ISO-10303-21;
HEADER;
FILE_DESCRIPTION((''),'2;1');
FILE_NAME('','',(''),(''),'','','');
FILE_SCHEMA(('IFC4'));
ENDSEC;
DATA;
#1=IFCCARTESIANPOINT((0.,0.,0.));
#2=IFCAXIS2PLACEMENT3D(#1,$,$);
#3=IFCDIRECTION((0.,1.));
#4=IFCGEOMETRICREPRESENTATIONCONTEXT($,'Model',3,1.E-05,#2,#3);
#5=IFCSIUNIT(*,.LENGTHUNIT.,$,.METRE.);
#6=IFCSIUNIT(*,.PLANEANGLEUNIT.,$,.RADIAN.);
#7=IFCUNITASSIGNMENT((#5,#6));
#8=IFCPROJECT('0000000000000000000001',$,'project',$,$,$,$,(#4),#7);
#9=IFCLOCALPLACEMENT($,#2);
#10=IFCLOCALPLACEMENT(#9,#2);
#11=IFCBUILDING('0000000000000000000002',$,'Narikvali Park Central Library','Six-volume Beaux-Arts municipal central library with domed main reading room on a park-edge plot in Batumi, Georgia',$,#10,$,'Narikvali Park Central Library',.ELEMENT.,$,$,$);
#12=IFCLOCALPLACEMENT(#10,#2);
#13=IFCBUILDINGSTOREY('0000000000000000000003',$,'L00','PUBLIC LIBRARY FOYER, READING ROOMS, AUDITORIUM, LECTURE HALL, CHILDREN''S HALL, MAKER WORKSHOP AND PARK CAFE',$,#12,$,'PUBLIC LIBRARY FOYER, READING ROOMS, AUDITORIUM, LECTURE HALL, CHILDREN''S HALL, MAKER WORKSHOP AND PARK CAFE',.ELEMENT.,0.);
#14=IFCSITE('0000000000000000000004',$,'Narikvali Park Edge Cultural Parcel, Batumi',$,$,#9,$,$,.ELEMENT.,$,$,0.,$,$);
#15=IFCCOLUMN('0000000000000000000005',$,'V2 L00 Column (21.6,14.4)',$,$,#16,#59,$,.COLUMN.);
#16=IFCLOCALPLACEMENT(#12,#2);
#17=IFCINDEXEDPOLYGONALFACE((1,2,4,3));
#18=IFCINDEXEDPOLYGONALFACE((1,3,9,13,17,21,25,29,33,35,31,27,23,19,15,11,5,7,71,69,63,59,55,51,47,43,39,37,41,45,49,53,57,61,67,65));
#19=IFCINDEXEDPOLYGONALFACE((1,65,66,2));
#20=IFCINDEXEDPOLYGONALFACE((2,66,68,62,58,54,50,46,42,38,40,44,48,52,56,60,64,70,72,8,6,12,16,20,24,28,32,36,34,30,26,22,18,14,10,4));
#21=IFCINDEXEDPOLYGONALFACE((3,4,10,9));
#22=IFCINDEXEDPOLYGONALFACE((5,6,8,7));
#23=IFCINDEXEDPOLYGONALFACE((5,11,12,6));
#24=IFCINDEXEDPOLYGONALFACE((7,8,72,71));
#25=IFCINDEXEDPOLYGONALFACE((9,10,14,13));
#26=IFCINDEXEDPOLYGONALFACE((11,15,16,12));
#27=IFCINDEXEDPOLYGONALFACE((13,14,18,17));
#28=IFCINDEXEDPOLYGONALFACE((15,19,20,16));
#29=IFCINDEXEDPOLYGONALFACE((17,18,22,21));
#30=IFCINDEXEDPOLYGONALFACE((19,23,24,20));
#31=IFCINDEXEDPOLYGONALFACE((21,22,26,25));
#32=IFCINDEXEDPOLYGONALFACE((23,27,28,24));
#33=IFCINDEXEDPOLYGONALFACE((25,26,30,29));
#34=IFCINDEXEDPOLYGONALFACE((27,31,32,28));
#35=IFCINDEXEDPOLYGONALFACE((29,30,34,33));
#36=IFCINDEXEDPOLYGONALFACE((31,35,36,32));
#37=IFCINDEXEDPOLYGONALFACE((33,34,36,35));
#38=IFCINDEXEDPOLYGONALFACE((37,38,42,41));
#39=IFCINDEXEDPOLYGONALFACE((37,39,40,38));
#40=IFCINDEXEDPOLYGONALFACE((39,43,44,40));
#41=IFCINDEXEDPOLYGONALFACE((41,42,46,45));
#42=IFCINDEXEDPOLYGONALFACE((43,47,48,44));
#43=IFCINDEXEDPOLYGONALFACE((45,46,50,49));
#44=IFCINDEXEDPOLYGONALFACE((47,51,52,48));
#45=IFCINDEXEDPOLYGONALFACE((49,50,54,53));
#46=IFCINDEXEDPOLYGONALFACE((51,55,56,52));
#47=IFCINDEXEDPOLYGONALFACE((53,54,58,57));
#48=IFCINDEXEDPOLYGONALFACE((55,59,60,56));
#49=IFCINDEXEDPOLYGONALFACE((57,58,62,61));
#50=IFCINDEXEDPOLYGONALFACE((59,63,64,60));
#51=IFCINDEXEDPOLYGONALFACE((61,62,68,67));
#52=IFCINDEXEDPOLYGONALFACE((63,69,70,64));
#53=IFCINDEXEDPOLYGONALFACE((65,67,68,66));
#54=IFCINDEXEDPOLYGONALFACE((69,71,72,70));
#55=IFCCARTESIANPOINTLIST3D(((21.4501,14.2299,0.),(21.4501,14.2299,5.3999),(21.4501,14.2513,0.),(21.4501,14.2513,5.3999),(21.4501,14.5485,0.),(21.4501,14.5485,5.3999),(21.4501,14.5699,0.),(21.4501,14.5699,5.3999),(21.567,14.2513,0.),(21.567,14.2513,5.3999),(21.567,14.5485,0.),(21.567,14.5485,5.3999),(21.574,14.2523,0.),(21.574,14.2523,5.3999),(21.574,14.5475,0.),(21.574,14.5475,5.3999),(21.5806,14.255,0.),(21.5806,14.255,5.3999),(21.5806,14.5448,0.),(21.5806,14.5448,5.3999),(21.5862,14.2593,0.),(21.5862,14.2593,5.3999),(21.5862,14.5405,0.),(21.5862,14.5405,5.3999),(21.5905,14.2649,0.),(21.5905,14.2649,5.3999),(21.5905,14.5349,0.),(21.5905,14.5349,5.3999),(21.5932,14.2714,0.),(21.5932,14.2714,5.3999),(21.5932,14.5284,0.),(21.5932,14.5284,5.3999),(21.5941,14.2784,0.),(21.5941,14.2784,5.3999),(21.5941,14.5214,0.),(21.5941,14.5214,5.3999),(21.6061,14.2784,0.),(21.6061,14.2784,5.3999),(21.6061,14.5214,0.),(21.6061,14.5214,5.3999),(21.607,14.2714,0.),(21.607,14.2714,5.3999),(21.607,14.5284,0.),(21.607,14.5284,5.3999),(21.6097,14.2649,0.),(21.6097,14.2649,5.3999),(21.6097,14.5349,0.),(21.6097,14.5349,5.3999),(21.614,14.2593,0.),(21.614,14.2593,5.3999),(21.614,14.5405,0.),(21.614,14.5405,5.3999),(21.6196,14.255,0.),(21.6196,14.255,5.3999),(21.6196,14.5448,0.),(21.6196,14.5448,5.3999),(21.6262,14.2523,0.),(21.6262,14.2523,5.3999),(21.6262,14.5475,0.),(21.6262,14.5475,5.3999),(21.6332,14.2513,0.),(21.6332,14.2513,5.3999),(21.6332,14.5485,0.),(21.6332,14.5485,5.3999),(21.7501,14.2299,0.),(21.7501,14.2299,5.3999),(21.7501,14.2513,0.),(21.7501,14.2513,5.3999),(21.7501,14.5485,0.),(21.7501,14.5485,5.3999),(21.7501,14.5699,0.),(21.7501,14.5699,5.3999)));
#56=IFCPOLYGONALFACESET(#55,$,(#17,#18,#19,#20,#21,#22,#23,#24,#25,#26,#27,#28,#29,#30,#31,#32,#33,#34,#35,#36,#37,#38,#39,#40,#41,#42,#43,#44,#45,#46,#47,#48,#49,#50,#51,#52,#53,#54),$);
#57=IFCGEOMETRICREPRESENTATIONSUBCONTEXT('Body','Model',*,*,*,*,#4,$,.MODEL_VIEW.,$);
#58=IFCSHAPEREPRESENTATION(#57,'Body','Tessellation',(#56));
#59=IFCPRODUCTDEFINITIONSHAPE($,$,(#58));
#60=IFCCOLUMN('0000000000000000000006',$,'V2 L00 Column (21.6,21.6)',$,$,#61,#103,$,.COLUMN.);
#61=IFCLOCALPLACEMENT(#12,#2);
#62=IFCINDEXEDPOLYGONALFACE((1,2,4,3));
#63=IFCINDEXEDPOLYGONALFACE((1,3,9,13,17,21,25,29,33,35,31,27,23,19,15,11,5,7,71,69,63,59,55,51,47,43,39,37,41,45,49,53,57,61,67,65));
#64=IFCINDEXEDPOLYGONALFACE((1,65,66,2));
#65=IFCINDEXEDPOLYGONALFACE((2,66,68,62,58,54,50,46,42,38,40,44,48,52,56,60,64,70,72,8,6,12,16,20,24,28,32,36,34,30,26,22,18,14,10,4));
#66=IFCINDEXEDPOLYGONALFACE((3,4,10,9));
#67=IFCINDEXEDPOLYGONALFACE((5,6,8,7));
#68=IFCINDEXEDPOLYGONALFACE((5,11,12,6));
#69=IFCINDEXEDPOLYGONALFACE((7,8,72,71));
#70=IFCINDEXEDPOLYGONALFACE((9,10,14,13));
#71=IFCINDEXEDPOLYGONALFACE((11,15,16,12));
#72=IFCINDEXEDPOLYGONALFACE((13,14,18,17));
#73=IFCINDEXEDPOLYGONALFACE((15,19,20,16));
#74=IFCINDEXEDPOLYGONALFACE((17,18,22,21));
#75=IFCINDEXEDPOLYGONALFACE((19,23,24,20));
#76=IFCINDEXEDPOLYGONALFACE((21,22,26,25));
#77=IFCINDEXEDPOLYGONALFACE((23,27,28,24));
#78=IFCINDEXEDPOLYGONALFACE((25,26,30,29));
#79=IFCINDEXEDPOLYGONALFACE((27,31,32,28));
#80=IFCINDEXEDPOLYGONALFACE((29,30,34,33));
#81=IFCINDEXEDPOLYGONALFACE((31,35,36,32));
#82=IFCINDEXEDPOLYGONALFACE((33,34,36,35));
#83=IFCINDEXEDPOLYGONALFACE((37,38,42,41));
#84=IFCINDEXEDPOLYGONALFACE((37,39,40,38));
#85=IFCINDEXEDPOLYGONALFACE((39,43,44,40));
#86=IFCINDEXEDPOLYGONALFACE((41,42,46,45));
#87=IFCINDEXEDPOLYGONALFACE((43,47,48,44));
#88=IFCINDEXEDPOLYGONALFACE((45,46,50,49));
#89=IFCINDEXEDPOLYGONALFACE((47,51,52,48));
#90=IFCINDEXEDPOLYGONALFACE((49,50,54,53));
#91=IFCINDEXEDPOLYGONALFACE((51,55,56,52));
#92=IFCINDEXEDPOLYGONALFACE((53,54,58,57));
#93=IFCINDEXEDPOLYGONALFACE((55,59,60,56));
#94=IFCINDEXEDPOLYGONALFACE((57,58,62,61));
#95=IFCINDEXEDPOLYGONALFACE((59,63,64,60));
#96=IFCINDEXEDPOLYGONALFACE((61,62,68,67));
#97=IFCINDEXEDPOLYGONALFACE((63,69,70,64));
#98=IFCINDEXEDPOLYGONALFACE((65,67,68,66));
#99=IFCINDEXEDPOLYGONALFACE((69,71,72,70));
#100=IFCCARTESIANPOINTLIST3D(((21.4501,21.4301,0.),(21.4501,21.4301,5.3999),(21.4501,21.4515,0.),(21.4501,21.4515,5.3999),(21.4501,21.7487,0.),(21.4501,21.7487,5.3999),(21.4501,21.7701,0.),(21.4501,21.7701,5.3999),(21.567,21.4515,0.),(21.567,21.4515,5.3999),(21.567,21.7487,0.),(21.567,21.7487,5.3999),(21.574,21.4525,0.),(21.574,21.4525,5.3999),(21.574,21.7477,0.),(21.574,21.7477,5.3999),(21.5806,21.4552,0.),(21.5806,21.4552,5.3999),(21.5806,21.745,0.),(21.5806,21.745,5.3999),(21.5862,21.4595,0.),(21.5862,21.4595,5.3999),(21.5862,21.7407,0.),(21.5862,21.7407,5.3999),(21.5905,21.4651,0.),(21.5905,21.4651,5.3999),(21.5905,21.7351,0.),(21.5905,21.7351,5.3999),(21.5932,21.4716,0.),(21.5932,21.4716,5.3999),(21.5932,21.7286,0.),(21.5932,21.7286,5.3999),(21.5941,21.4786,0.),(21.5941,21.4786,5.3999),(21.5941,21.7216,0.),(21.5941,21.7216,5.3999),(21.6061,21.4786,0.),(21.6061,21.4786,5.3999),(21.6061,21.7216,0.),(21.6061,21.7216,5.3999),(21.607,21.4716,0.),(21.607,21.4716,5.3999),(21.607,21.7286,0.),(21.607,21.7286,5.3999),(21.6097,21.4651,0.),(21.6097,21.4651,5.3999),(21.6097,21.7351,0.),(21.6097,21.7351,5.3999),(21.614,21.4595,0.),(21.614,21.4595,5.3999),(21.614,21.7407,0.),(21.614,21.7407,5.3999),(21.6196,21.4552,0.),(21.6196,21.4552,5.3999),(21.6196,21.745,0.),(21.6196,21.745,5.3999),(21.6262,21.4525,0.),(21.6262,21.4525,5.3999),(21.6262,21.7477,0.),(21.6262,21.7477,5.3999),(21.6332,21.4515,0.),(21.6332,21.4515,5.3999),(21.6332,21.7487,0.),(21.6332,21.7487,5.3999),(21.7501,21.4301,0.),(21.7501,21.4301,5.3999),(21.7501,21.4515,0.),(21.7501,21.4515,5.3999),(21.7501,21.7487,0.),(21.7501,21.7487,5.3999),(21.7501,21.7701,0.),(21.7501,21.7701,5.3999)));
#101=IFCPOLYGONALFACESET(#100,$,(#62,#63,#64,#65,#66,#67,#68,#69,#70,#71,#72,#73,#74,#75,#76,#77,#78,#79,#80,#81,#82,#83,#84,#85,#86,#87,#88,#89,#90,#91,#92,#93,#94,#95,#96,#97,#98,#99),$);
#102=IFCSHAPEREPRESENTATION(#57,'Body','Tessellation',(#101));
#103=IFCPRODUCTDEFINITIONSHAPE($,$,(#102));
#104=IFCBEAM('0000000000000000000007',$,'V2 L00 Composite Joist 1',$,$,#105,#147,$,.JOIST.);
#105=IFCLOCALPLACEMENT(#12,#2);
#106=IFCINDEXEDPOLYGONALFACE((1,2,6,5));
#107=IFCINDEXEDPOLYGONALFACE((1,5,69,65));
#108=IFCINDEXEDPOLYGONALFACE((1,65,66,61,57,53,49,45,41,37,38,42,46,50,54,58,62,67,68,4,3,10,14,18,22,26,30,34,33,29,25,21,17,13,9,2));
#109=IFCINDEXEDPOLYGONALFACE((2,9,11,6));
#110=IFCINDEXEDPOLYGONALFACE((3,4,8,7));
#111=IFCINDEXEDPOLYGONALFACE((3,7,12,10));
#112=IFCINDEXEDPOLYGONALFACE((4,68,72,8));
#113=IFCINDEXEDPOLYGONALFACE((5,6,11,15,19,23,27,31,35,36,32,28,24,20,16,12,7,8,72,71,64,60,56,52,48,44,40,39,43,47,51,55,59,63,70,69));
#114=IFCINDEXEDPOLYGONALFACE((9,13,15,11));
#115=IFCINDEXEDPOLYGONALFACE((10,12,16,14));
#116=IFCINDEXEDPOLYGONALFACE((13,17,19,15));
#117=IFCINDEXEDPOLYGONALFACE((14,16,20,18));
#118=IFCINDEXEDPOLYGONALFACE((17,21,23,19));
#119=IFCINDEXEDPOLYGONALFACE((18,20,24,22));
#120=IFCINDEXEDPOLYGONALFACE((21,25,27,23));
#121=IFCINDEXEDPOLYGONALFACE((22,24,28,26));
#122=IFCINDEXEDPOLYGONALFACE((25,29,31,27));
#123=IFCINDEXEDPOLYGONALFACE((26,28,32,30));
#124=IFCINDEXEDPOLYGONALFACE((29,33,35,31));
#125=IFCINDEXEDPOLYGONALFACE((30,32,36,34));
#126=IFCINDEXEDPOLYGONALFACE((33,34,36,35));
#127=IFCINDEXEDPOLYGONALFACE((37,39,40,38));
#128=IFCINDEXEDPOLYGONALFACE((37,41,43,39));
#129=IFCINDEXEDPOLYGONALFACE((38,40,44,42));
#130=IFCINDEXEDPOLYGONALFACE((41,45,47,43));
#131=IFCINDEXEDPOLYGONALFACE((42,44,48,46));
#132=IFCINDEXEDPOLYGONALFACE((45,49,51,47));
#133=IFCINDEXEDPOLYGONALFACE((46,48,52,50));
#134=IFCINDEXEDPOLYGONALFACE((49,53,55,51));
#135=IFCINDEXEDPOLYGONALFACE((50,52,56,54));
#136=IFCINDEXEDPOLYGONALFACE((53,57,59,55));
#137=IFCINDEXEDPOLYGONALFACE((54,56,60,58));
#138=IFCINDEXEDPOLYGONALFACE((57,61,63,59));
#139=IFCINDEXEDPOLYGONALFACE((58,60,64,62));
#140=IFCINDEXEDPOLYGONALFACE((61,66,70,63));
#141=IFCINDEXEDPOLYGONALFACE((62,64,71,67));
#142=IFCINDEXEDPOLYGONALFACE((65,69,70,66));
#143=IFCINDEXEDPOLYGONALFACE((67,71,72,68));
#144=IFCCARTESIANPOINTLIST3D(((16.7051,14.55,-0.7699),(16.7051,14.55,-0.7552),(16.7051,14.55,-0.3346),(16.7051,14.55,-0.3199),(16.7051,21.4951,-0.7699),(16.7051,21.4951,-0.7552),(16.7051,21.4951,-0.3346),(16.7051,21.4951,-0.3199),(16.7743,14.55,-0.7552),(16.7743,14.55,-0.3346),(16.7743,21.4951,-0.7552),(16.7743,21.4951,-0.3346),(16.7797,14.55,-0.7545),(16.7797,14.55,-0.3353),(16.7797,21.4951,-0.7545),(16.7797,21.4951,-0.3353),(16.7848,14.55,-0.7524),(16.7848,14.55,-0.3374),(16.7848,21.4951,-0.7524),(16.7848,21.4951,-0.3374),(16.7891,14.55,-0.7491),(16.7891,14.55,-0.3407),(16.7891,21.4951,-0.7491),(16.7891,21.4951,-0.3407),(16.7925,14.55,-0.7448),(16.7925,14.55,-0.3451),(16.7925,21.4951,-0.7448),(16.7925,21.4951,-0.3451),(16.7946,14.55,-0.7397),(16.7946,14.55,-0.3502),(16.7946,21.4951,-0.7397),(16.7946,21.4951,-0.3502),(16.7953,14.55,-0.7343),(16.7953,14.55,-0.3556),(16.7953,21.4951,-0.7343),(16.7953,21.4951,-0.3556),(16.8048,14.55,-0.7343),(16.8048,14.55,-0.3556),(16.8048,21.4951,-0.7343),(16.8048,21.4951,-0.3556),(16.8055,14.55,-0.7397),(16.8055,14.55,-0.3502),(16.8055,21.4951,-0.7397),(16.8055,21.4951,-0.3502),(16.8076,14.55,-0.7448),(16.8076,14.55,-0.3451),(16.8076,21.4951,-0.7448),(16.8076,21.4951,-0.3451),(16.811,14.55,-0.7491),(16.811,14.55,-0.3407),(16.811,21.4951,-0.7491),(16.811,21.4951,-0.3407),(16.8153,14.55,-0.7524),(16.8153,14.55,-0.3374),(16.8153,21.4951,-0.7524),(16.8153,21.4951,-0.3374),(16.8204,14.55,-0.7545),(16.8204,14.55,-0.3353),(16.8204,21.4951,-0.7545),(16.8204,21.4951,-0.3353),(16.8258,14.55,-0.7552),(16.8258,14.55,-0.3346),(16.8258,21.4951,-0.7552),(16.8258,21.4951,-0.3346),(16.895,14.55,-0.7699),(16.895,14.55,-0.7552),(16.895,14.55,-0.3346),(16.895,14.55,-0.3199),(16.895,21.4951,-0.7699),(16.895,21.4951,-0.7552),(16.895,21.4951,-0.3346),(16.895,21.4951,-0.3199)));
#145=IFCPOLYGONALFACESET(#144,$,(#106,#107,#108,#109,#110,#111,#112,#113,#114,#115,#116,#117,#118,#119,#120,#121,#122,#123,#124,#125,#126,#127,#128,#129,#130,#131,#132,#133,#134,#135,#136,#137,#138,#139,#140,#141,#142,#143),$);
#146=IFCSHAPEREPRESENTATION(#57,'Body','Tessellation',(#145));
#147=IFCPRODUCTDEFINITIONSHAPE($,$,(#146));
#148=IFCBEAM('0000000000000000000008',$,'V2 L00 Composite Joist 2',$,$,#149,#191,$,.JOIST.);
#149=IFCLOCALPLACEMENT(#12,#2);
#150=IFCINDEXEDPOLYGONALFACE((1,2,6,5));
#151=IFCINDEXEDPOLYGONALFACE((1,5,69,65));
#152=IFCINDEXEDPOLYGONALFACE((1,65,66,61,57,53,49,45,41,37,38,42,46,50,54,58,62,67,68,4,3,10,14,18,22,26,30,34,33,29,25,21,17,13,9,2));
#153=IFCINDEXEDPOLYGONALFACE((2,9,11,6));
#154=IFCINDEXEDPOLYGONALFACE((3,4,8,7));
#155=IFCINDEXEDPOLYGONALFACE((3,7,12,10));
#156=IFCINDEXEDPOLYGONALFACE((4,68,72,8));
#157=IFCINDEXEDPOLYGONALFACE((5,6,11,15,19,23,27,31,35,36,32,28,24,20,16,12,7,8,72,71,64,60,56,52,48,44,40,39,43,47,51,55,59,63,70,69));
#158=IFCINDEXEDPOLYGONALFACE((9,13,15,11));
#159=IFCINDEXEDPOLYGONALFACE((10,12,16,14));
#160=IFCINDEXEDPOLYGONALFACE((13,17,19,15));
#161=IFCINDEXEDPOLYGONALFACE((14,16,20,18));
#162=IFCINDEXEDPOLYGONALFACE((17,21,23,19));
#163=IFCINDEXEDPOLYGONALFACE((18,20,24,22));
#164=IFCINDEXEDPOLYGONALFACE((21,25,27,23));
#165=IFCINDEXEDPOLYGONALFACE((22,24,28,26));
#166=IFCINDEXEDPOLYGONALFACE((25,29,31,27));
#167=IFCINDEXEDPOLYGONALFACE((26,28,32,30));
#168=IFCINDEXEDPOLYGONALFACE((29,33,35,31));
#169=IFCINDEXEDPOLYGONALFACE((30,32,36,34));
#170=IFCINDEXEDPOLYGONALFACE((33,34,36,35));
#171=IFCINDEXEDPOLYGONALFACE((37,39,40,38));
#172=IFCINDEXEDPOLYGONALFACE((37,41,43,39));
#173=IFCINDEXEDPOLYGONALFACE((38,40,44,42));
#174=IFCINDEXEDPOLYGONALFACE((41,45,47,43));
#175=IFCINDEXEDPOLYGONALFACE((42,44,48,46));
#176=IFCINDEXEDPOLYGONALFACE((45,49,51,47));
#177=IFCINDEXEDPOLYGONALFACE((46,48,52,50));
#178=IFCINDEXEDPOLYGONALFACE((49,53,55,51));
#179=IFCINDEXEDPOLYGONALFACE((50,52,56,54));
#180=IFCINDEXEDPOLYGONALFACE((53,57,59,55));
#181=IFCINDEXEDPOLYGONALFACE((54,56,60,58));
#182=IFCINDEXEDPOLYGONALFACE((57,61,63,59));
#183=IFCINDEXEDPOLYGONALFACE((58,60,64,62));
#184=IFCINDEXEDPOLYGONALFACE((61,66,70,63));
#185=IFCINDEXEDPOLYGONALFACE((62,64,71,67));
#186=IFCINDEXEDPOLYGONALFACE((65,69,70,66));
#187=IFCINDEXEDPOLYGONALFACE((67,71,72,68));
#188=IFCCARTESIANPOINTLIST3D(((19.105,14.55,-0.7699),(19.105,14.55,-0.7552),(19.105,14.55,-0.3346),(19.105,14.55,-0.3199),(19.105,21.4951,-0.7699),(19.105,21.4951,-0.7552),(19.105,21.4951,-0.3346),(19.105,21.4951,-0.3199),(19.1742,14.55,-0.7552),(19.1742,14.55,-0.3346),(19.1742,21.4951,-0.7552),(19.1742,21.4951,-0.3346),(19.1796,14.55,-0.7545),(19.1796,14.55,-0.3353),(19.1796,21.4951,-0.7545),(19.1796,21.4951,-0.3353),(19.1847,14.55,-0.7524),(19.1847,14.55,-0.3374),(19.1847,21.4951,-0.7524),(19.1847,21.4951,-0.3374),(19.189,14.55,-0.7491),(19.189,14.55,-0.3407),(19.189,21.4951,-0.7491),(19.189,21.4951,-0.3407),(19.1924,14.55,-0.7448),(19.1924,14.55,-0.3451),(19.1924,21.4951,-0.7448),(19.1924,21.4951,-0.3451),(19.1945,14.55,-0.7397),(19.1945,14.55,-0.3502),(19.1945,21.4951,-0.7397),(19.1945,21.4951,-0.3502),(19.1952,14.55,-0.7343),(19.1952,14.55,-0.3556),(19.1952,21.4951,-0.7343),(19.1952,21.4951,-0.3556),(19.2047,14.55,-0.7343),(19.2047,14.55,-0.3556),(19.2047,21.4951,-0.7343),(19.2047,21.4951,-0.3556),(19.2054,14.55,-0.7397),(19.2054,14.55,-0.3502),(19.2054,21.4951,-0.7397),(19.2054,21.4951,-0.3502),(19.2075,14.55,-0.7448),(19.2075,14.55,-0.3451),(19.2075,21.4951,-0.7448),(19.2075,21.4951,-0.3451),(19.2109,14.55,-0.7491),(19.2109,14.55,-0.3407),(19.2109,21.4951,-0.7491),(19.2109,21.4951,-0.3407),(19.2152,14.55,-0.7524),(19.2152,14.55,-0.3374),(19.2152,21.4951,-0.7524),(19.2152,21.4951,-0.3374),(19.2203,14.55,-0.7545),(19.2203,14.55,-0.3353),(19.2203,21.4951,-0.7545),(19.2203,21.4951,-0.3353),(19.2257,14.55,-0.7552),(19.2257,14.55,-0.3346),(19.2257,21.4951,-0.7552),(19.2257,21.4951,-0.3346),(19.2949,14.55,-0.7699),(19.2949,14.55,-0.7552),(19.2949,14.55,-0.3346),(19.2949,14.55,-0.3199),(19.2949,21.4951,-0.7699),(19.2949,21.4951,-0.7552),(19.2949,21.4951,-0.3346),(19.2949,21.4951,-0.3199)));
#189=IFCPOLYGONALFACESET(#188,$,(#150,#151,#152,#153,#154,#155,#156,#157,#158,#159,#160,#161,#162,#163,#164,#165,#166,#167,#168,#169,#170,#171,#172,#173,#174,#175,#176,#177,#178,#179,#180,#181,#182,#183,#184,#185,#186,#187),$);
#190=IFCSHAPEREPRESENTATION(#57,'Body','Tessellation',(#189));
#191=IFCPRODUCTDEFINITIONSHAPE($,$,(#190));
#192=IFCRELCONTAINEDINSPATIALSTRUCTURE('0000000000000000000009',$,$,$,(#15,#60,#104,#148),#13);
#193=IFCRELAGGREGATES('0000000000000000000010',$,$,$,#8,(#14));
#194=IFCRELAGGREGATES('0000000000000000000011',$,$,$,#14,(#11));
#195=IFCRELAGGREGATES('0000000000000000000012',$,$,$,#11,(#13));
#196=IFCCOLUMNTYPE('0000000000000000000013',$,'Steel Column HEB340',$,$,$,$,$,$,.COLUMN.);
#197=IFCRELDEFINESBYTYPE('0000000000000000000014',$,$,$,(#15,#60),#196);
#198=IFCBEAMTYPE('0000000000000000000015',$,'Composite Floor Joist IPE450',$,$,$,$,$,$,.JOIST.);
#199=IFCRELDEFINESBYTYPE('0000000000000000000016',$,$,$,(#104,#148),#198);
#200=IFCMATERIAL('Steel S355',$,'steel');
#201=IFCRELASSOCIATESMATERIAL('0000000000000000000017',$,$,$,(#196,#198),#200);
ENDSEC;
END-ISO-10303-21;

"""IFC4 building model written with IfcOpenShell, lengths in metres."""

from ifc_helpers import new_model, si_unit, direction, frame, origin, origin_2d, place, context, subcontext, project, spatial, i_section, extrude, material, material_profile, profile_set, type_object, element, save


model = new_model("IFC4")

# Units and contexts
model_context = context("Model", 3, precision=1e-05, world=origin(), true_north=direction((0.0, 1.0)))
body_context = subcontext(model_context, "Body", "Model", "MODEL_VIEW")
ifc_project = project(units=[si_unit("LENGTHUNIT", "METRE"), si_unit("PLANEANGLEUNIT", "RADIAN")], contexts=[model_context])

# Site, building, storey
site_placement = place(None, origin())
site = spatial("IfcSite", under=ifc_project, at=site_placement, Name="Narikvali Park Edge Cultural Parcel, Batumi", CompositionType="ELEMENT", RefElevation=0.0)
building_placement = place(site_placement, origin())
building = spatial("IfcBuilding", under=site, at=building_placement, Name="Narikvali Park Central Library", Description="Six-volume Beaux-Arts municipal central library with domed main reading room on a park-edge plot in Batumi, Georgia", LongName="Narikvali Park Central Library", CompositionType="ELEMENT")
storey_placement = place(building_placement, origin())
storey = spatial("IfcBuildingStorey", under=building, at=storey_placement, Name="L00", Description="PUBLIC LIBRARY FOYER, READING ROOMS, AUDITORIUM, LECTURE HALL, CHILDREN'S HALL, MAKER WORKSHOP AND PARK CAFE", LongName="PUBLIC LIBRARY FOYER, READING ROOMS, AUDITORIUM, LECTURE HALL, CHILDREN'S HALL, MAKER WORKSHOP AND PARK CAFE", CompositionType="ELEMENT", Elevation=0.0)

# Columns
ifc_material_1 = material(Name="Steel S355", Category="steel")
ifc_material_profile_1 = material_profile(ifc_material_1, i_section(OverallWidth=0.3, OverallDepth=0.3401, WebThickness=0.012, FlangeThickness=0.0215, FilletRadius=0.0271, at=origin_2d()), Name="HEB 340")
ifc_profile_set_1 = profile_set([ifc_material_profile_1], Name="Steel S355")
column_type = type_object("IfcColumnType", Name="Steel Column HEB340", PredefinedType="COLUMN", material=ifc_profile_set_1)
for number, where, z_axis, x_axis, name in (
    (1, (21.6001, 14.3999, 0.0), (0.0, 0.0, 1.0), (1.0, 0.0, 0.0), "V2 L00 Column (21.6,14.4)"),
    (2, (21.6001, 21.6001, 0.0), (0.0, 0.0, 1.0), (1.0, 0.0, 0.0), "V2 L00 Column (21.6,21.6)"),
):
    element("IfcColumn", number, at=place(storey_placement, frame(where, z_axis=z_axis, x_axis=x_axis)), inside=storey, type_object=column_type, Name=name, PredefinedType="COLUMN", context=body_context, shape_type="SweptSolid", body=[
        extrude(i_section(OverallWidth=0.3, OverallDepth=0.3401, WebThickness=0.012, FlangeThickness=0.0215, FilletRadius=0.0271, at=origin_2d()), origin(), (0.0, 0.0, 1.0), 5.3999),
    ])

# Beams
ifc_material_profile_2 = material_profile(ifc_material_1, i_section(OverallWidth=0.1899, OverallDepth=0.45, WebThickness=0.0095, FlangeThickness=0.0146, FilletRadius=0.021, at=origin_2d()), Name="IPE 450")
ifc_profile_set_2 = profile_set([ifc_material_profile_2], Name="Steel S355")
beam_type_1 = type_object("IfcBeamType", Name="Composite Floor Joist IPE450", PredefinedType="JOIST", material=ifc_profile_set_2)
for number, where, z_axis, x_axis, name in (
    (3, (16.8, 14.55, -0.5449), (0.0, 1.0, 0.0), (-1.0, 0.0, 0.0), "V2 L00 Composite Joist 1"),
    (4, (19.2, 14.55, -0.5449), (0.0, 1.0, 0.0), (-1.0, 0.0, 0.0), "V2 L00 Composite Joist 2"),
):
    element("IfcBeam", number, at=place(storey_placement, frame(where, z_axis=z_axis, x_axis=x_axis)), inside=storey, type_object=beam_type_1, Name=name, PredefinedType="JOIST", context=body_context, shape_type="SweptSolid", body=[
        extrude(i_section(OverallWidth=0.1899, OverallDepth=0.45, WebThickness=0.0095, FlangeThickness=0.0146, FilletRadius=0.021, at=origin_2d()), origin(), (0.0, 0.0, 1.0), 6.9451),
    ])

save(model, "model.ifc")
